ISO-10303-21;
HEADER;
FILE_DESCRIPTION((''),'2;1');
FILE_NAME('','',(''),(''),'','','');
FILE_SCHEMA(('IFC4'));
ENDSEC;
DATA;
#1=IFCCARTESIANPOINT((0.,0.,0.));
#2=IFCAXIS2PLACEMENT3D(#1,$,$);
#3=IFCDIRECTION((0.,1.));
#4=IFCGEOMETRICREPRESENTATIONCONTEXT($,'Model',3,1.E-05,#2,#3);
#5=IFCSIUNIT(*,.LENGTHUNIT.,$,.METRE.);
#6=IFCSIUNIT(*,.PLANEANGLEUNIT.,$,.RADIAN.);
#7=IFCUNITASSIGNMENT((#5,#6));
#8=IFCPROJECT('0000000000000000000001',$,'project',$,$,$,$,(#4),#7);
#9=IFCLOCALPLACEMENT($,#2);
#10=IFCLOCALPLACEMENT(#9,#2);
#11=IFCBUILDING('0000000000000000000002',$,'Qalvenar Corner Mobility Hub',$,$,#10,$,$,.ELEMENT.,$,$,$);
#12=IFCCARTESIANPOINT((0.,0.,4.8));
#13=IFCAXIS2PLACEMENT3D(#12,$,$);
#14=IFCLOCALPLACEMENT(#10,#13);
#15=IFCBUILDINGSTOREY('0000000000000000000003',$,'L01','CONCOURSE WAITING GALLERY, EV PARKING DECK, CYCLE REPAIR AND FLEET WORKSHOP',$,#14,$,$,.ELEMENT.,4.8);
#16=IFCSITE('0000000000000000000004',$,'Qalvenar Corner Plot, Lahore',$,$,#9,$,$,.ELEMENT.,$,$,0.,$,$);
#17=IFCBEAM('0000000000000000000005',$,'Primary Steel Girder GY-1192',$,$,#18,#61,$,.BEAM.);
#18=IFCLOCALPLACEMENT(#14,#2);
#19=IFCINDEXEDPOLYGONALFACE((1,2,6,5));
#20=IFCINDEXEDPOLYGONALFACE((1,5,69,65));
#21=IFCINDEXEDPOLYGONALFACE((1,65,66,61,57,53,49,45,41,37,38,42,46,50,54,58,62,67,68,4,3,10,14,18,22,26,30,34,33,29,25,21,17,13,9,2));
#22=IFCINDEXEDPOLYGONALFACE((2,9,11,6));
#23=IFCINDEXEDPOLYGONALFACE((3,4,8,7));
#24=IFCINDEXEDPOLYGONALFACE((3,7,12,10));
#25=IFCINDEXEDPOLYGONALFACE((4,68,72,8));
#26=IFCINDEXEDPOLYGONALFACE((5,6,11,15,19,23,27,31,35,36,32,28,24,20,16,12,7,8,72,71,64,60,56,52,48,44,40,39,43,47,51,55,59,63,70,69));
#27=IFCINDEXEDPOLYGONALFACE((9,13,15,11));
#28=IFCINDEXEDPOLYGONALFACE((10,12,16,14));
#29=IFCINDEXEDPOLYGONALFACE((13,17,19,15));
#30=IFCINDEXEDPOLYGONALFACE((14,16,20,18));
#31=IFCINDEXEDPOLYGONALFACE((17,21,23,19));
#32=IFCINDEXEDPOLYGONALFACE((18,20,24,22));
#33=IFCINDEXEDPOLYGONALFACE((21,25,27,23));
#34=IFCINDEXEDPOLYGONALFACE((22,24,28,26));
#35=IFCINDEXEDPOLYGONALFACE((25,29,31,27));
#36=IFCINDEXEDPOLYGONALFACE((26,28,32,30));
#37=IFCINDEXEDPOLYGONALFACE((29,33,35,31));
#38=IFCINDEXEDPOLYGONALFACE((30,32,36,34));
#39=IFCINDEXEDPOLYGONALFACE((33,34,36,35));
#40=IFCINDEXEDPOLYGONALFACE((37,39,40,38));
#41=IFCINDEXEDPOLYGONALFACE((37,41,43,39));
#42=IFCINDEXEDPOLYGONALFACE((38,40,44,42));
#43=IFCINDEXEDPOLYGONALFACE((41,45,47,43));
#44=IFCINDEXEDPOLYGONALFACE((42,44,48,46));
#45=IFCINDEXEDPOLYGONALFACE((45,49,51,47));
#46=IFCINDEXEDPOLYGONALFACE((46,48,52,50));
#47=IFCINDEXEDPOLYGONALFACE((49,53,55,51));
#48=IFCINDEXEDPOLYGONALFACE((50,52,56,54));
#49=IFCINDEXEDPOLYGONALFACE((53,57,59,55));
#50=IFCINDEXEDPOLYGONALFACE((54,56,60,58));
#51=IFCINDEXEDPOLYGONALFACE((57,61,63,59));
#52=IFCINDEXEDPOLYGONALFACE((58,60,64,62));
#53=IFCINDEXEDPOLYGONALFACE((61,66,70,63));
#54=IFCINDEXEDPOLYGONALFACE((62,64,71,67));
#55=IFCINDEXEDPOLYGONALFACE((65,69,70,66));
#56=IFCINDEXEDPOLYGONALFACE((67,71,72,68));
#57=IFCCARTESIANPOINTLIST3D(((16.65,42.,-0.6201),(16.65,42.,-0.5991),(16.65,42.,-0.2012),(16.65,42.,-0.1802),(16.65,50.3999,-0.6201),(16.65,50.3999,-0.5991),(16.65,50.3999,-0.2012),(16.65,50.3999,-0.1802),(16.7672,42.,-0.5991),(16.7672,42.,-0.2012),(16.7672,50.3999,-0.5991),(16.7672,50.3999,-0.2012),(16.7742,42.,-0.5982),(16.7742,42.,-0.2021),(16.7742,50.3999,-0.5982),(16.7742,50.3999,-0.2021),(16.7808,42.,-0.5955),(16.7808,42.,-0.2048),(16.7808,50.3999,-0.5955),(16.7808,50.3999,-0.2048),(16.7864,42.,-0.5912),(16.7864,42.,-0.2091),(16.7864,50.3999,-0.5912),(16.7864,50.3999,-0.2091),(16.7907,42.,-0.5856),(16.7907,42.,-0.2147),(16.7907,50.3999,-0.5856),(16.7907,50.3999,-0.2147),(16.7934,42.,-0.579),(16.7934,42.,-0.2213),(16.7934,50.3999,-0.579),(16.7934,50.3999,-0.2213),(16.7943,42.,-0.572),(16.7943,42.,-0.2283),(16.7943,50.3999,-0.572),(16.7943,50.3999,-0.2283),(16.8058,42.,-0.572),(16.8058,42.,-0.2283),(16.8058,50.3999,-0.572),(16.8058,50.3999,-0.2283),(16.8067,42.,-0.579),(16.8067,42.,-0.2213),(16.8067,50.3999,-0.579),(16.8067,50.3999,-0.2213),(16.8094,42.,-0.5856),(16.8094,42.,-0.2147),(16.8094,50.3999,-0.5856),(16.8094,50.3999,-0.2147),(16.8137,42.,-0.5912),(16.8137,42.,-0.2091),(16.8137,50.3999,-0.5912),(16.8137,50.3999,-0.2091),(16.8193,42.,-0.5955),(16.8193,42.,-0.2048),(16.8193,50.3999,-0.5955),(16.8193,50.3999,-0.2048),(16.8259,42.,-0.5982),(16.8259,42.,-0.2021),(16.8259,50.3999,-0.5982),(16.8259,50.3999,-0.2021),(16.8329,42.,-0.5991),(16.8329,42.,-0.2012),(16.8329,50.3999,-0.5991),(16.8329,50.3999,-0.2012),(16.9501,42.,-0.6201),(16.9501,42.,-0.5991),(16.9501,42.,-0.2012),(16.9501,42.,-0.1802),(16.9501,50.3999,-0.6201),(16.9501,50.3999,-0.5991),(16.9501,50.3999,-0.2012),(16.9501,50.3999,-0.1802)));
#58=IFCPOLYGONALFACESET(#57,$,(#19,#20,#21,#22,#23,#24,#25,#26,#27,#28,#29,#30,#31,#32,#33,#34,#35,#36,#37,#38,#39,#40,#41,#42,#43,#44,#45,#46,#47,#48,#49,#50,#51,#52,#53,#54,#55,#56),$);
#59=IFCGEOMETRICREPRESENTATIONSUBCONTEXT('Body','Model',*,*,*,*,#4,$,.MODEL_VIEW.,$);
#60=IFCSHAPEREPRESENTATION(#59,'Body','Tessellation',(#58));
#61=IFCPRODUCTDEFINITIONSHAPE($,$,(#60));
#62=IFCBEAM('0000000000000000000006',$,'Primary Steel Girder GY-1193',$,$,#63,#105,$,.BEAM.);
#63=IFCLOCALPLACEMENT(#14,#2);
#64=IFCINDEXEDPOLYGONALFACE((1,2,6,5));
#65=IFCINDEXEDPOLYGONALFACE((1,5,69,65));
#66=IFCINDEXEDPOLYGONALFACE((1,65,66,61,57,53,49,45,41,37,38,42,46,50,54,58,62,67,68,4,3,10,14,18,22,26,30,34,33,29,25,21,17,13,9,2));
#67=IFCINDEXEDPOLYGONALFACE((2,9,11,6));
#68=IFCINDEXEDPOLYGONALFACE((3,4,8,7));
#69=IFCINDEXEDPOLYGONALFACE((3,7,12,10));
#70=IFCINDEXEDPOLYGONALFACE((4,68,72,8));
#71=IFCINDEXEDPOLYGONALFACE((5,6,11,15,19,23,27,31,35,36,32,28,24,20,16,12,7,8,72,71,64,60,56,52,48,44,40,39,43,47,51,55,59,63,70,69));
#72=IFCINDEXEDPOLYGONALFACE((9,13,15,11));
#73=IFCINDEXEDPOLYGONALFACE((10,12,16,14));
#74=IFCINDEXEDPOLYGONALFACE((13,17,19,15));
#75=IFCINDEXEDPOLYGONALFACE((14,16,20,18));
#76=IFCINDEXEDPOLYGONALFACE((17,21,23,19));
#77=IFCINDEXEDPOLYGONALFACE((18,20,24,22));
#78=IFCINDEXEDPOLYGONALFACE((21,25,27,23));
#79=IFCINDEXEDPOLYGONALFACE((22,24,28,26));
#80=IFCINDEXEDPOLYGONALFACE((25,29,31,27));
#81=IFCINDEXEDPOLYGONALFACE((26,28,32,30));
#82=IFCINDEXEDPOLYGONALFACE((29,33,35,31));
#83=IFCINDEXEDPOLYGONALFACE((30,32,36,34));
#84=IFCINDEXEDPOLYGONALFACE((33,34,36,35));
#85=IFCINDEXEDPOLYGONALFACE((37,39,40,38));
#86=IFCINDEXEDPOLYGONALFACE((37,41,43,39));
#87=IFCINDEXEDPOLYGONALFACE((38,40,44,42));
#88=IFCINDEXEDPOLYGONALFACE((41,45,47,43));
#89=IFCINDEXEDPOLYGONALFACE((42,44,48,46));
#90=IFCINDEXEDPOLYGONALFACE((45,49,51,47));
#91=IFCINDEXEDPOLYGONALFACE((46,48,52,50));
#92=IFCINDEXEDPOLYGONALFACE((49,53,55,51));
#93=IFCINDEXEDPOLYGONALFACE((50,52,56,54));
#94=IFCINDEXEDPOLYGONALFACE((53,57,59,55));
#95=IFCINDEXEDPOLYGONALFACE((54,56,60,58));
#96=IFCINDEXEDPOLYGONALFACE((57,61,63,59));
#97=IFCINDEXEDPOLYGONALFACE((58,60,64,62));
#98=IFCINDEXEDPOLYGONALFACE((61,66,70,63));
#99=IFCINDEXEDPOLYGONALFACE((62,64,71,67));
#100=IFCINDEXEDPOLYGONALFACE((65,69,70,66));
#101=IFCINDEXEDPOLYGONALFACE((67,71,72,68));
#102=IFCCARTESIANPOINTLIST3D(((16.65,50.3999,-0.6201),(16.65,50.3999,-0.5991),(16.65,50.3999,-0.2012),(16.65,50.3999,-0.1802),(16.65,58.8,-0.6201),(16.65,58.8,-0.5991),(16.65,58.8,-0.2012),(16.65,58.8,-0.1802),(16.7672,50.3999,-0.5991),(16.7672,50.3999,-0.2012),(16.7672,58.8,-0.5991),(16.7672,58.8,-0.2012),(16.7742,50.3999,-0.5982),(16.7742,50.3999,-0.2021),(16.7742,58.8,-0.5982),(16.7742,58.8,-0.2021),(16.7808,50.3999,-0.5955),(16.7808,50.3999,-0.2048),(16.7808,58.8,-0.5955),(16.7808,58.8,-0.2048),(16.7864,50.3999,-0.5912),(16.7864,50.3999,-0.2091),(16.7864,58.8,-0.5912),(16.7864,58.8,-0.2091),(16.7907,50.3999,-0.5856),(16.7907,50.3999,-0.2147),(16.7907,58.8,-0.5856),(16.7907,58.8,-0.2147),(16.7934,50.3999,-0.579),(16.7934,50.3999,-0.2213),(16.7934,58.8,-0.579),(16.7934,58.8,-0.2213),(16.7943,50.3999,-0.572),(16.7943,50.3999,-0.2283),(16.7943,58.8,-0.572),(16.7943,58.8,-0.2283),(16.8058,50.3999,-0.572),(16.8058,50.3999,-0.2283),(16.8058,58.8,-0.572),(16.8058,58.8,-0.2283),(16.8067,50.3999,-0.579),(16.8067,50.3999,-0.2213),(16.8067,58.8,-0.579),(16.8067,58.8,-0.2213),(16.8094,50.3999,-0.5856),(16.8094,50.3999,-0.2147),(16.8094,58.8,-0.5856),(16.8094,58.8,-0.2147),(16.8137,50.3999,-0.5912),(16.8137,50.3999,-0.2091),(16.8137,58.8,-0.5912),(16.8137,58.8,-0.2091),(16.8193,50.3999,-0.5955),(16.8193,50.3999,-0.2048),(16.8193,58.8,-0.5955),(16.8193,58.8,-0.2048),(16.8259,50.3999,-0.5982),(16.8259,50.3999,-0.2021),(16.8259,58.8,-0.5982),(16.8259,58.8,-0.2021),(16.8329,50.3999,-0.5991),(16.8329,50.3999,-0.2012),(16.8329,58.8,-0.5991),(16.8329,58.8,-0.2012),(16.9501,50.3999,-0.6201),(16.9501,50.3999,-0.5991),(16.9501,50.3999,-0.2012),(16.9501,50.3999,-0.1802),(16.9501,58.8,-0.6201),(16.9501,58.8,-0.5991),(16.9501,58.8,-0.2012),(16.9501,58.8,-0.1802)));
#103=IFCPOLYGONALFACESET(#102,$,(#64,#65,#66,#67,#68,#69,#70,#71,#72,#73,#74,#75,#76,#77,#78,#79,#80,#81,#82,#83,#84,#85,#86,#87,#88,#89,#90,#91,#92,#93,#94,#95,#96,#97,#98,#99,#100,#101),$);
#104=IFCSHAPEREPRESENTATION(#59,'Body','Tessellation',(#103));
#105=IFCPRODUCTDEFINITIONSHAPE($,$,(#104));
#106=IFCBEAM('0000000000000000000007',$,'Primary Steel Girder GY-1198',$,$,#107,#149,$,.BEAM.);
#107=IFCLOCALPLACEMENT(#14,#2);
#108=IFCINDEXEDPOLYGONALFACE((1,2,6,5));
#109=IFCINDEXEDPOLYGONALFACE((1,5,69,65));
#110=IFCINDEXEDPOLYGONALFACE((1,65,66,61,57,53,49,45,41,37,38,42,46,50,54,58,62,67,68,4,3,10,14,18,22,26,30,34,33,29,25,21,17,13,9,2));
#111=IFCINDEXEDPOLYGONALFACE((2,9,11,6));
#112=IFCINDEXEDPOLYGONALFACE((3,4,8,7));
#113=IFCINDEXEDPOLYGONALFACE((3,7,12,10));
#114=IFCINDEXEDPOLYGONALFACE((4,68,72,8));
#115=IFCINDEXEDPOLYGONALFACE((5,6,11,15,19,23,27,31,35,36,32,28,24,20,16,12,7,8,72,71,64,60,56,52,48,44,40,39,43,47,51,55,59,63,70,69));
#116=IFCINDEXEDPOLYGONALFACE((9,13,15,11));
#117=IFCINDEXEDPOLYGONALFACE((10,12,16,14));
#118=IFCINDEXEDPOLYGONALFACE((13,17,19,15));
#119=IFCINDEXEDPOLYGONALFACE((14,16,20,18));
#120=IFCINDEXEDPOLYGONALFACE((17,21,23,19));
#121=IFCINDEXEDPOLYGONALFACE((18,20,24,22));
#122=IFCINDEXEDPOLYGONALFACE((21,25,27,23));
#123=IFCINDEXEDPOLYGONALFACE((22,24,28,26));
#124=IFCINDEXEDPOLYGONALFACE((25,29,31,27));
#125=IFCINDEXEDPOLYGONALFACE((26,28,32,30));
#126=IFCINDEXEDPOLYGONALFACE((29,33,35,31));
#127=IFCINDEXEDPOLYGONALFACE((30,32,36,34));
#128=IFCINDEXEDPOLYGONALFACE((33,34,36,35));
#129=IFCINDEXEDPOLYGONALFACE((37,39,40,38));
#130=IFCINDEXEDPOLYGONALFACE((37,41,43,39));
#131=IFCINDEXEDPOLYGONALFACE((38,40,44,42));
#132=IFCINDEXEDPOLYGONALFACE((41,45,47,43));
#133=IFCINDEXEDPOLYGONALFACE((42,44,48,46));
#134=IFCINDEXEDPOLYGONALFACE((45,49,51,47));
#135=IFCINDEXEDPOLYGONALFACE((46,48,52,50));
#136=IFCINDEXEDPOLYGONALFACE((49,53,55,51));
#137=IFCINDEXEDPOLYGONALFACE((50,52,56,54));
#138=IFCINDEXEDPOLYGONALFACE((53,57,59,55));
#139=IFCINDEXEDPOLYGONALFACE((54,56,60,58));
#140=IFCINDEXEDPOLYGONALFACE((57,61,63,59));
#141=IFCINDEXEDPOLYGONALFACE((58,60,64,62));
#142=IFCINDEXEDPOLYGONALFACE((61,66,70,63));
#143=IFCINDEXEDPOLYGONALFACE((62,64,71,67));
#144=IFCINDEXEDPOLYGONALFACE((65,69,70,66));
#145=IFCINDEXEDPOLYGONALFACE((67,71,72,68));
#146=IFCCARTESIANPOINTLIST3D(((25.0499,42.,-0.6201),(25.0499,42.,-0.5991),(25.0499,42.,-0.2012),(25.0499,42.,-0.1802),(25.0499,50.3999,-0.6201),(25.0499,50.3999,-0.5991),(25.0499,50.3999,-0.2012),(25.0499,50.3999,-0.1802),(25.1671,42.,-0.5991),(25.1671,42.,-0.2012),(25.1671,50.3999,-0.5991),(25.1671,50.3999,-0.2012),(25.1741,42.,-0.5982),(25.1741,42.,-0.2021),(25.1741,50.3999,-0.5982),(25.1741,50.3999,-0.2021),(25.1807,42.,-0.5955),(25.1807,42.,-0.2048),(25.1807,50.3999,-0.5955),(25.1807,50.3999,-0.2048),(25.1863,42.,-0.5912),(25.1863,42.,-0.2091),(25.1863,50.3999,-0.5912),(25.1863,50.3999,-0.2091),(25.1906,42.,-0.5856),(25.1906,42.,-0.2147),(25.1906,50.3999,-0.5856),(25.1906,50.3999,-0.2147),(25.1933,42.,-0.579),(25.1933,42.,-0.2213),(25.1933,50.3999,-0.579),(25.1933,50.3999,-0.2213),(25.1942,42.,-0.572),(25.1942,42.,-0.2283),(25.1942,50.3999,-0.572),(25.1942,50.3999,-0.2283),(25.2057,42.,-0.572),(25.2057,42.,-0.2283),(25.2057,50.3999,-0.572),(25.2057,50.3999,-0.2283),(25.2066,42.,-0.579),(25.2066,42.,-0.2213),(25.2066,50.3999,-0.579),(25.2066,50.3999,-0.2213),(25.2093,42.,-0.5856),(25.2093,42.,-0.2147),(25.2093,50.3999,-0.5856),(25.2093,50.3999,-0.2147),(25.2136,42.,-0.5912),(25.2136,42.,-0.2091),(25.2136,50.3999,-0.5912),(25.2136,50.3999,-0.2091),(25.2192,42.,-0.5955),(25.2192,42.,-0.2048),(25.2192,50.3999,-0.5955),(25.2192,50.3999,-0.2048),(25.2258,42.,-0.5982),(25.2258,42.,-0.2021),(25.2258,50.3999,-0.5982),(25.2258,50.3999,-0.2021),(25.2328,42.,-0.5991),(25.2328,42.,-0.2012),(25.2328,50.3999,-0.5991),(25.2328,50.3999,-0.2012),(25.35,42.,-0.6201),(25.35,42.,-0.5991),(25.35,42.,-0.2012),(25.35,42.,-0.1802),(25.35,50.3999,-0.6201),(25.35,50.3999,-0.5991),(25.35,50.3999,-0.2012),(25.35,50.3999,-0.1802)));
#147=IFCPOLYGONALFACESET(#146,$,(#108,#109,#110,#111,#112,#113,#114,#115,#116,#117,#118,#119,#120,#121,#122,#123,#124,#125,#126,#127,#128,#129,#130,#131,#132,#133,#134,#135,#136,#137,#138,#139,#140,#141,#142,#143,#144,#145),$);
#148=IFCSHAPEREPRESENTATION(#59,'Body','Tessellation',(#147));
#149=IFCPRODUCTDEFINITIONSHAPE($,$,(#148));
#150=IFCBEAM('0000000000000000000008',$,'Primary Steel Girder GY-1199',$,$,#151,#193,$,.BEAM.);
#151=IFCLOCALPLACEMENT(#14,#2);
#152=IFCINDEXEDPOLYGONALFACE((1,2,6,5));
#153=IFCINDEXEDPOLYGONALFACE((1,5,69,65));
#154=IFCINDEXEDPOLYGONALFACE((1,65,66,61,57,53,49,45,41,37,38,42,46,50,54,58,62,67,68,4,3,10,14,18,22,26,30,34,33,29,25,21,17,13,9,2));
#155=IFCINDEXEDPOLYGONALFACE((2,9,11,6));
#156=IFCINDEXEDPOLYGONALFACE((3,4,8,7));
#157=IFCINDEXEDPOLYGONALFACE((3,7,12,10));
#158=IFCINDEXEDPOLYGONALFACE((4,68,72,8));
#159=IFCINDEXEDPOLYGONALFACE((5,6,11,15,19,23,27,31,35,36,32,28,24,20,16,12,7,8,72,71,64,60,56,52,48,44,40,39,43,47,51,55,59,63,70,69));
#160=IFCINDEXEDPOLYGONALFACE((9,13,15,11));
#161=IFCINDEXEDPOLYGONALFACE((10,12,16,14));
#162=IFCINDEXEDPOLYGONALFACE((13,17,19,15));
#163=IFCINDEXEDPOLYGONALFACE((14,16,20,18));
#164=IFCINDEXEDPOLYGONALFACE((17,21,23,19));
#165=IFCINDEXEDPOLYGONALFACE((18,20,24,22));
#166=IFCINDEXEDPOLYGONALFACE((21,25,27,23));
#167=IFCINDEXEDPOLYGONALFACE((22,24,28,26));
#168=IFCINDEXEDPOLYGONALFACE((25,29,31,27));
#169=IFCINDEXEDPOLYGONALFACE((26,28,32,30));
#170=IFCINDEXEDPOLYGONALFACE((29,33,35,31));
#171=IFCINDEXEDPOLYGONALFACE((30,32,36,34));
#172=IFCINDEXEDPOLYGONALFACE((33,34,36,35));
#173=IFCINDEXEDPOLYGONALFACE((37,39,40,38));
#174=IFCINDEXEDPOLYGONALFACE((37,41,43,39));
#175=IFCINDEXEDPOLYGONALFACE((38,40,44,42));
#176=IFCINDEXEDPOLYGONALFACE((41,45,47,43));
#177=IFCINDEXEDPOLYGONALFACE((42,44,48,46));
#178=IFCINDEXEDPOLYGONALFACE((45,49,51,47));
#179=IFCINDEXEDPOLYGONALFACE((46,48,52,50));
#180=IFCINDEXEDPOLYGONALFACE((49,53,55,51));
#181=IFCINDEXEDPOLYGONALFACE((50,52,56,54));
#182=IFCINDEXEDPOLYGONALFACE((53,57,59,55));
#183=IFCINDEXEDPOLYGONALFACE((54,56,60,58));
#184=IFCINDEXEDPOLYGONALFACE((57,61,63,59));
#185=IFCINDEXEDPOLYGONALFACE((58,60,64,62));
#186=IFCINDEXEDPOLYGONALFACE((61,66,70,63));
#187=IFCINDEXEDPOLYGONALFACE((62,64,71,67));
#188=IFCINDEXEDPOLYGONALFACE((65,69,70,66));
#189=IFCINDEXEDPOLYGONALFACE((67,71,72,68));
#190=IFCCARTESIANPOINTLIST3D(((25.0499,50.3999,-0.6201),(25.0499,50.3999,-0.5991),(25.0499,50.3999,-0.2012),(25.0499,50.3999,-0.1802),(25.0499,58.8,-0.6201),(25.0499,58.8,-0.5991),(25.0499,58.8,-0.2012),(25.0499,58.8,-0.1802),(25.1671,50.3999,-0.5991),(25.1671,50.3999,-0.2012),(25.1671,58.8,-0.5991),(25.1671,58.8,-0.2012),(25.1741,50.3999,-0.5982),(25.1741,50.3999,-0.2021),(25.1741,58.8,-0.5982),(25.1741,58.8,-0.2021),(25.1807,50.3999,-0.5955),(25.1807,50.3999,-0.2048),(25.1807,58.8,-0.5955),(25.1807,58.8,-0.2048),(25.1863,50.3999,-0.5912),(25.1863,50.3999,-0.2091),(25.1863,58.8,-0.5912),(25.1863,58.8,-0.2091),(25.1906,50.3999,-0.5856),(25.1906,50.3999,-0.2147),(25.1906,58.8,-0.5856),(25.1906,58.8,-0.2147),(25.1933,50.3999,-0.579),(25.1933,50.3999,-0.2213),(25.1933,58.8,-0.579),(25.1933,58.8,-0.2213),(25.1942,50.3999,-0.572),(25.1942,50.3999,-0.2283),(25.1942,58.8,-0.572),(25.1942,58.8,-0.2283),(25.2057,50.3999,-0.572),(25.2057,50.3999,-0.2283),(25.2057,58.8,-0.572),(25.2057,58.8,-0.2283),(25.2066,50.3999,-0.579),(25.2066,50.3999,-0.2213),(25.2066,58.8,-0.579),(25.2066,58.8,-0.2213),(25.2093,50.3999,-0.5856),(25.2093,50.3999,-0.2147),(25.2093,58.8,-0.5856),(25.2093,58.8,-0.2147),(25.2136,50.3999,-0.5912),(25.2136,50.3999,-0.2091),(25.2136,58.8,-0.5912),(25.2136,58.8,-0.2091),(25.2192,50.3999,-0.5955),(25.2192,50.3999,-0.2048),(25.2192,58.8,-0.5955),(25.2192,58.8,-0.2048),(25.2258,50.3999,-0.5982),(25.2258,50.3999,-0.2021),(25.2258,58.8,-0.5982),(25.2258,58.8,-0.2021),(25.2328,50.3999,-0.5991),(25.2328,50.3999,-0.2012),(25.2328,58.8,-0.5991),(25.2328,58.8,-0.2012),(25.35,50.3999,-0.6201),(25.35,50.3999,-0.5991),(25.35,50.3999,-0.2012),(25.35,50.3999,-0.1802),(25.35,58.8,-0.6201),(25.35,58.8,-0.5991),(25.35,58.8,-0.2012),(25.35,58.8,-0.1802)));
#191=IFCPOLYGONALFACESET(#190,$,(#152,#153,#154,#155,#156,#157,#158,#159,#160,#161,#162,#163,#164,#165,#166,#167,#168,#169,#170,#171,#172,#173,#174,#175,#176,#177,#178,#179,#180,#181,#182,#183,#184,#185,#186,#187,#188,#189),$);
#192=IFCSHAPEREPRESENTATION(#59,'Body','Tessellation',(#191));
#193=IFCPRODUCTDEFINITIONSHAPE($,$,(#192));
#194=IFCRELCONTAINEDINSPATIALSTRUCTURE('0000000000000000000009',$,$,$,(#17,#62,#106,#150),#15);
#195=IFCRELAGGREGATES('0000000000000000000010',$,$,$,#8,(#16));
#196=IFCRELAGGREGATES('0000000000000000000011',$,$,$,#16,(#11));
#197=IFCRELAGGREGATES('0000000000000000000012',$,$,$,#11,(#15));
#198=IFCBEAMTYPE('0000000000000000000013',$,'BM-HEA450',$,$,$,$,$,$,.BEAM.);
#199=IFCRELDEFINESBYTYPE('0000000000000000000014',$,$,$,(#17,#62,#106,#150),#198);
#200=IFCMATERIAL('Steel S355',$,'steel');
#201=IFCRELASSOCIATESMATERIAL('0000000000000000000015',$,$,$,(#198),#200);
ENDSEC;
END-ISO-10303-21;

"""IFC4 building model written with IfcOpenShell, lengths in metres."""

from ifc_helpers import new_model, si_unit, direction, frame, origin, origin_2d, place, context, subcontext, project, spatial, i_section, extrude, material, material_profile, profile_set, type_object, element, save


model = new_model("IFC4")

# Units and contexts
model_context = context("Model", 3, precision=1e-05, world=origin(), true_north=direction((0.0, 1.0)))
body_context = subcontext(model_context, "Body", "Model", "MODEL_VIEW")
ifc_project = project(units=[si_unit("LENGTHUNIT", "METRE"), si_unit("PLANEANGLEUNIT", "RADIAN")], contexts=[model_context])

# Site, building, storey
site_placement = place(None, origin())
site = spatial("IfcSite", under=ifc_project, at=site_placement, Name="Qalvenar Corner Plot, Lahore", CompositionType="ELEMENT", RefElevation=0.0)
building_placement = place(site_placement, origin())
building = spatial("IfcBuilding", under=site, at=building_placement, Name="Qalvenar Corner Mobility Hub", CompositionType="ELEMENT")
storey_placement = place(building_placement, frame((0.0, 0.0, 4.8)))
storey = spatial("IfcBuildingStorey", under=building, at=storey_placement, Name="L01", Description="CONCOURSE WAITING GALLERY, EV PARKING DECK, CYCLE REPAIR AND FLEET WORKSHOP", CompositionType="ELEMENT", Elevation=4.8)

# Shared definitions
ifc_material_1 = material(Name="Steel S355", Category="steel")

# Beams
ifc_material_profile_1 = material_profile(ifc_material_1, i_section(OverallWidth=0.3, OverallDepth=0.4399, WebThickness=0.0115, FlangeThickness=0.021, FilletRadius=0.0271, at=origin_2d()), Name="HEA450")
ifc_profile_set_1 = profile_set([ifc_material_profile_1], Name="Steel S355")
beam_type_1 = type_object("IfcBeamType", Name="BM-HEA450", PredefinedType="BEAM", material=ifc_profile_set_1)
beam_1_placement = place(storey_placement, frame((16.8, 42.0, -0.4001), z_axis=(0.0, 1.0, 0.0), x_axis=(-1.0, 0.0, 0.0)))
element("IfcBeam", 1, at=beam_1_placement, inside=storey, type_object=beam_type_1, Name="Primary Steel Girder GY-1192", PredefinedType="BEAM", context=body_context, shape_type="SweptSolid", body=[
    extrude(i_section(OverallWidth=0.3, OverallDepth=0.4399, WebThickness=0.0115, FlangeThickness=0.021, FilletRadius=0.0271, at=origin_2d()), origin(), (0.0, 0.0, 1.0), 8.3999),
])
beam_2_placement = place(storey_placement, frame((16.8, 50.3999, -0.4001), z_axis=(0.0, 1.0, 0.0), x_axis=(-1.0, 0.0, 0.0)))
element("IfcBeam", 2, at=beam_2_placement, inside=storey, type_object=beam_type_1, Name="Primary Steel Girder GY-1193", PredefinedType="BEAM", context=body_context, shape_type="SweptSolid", body=[
    extrude(i_section(OverallWidth=0.3, OverallDepth=0.4399, WebThickness=0.0115, FlangeThickness=0.021, FilletRadius=0.0271, at=origin_2d()), origin(), (0.0, 0.0, 1.0), 8.4001),
])
beam_3_placement = place(storey_placement, frame((25.2, 42.0, -0.4001), z_axis=(0.0, 1.0, 0.0), x_axis=(-1.0, 0.0, 0.0)))
element("IfcBeam", 3, at=beam_3_placement, inside=storey, type_object=beam_type_1, Name="Primary Steel Girder GY-1198", PredefinedType="BEAM", context=body_context, shape_type="SweptSolid", body=[
    extrude(i_section(OverallWidth=0.3, OverallDepth=0.4399, WebThickness=0.0115, FlangeThickness=0.021, FilletRadius=0.0271, at=origin_2d()), origin(), (0.0, 0.0, 1.0), 8.3999),
])
beam_4_placement = place(storey_placement, frame((25.2, 50.3999, -0.4001), z_axis=(0.0, 1.0, 0.0), x_axis=(-1.0, 0.0, 0.0)))
element("IfcBeam", 4, at=beam_4_placement, inside=storey, type_object=beam_type_1, Name="Primary Steel Girder GY-1199", PredefinedType="BEAM", context=body_context, shape_type="SweptSolid", body=[
    extrude(i_section(OverallWidth=0.3, OverallDepth=0.4399, WebThickness=0.0115, FlangeThickness=0.021, FilletRadius=0.0271, at=origin_2d()), origin(), (0.0, 0.0, 1.0), 8.4001),
])

save(model, "model.ifc")
